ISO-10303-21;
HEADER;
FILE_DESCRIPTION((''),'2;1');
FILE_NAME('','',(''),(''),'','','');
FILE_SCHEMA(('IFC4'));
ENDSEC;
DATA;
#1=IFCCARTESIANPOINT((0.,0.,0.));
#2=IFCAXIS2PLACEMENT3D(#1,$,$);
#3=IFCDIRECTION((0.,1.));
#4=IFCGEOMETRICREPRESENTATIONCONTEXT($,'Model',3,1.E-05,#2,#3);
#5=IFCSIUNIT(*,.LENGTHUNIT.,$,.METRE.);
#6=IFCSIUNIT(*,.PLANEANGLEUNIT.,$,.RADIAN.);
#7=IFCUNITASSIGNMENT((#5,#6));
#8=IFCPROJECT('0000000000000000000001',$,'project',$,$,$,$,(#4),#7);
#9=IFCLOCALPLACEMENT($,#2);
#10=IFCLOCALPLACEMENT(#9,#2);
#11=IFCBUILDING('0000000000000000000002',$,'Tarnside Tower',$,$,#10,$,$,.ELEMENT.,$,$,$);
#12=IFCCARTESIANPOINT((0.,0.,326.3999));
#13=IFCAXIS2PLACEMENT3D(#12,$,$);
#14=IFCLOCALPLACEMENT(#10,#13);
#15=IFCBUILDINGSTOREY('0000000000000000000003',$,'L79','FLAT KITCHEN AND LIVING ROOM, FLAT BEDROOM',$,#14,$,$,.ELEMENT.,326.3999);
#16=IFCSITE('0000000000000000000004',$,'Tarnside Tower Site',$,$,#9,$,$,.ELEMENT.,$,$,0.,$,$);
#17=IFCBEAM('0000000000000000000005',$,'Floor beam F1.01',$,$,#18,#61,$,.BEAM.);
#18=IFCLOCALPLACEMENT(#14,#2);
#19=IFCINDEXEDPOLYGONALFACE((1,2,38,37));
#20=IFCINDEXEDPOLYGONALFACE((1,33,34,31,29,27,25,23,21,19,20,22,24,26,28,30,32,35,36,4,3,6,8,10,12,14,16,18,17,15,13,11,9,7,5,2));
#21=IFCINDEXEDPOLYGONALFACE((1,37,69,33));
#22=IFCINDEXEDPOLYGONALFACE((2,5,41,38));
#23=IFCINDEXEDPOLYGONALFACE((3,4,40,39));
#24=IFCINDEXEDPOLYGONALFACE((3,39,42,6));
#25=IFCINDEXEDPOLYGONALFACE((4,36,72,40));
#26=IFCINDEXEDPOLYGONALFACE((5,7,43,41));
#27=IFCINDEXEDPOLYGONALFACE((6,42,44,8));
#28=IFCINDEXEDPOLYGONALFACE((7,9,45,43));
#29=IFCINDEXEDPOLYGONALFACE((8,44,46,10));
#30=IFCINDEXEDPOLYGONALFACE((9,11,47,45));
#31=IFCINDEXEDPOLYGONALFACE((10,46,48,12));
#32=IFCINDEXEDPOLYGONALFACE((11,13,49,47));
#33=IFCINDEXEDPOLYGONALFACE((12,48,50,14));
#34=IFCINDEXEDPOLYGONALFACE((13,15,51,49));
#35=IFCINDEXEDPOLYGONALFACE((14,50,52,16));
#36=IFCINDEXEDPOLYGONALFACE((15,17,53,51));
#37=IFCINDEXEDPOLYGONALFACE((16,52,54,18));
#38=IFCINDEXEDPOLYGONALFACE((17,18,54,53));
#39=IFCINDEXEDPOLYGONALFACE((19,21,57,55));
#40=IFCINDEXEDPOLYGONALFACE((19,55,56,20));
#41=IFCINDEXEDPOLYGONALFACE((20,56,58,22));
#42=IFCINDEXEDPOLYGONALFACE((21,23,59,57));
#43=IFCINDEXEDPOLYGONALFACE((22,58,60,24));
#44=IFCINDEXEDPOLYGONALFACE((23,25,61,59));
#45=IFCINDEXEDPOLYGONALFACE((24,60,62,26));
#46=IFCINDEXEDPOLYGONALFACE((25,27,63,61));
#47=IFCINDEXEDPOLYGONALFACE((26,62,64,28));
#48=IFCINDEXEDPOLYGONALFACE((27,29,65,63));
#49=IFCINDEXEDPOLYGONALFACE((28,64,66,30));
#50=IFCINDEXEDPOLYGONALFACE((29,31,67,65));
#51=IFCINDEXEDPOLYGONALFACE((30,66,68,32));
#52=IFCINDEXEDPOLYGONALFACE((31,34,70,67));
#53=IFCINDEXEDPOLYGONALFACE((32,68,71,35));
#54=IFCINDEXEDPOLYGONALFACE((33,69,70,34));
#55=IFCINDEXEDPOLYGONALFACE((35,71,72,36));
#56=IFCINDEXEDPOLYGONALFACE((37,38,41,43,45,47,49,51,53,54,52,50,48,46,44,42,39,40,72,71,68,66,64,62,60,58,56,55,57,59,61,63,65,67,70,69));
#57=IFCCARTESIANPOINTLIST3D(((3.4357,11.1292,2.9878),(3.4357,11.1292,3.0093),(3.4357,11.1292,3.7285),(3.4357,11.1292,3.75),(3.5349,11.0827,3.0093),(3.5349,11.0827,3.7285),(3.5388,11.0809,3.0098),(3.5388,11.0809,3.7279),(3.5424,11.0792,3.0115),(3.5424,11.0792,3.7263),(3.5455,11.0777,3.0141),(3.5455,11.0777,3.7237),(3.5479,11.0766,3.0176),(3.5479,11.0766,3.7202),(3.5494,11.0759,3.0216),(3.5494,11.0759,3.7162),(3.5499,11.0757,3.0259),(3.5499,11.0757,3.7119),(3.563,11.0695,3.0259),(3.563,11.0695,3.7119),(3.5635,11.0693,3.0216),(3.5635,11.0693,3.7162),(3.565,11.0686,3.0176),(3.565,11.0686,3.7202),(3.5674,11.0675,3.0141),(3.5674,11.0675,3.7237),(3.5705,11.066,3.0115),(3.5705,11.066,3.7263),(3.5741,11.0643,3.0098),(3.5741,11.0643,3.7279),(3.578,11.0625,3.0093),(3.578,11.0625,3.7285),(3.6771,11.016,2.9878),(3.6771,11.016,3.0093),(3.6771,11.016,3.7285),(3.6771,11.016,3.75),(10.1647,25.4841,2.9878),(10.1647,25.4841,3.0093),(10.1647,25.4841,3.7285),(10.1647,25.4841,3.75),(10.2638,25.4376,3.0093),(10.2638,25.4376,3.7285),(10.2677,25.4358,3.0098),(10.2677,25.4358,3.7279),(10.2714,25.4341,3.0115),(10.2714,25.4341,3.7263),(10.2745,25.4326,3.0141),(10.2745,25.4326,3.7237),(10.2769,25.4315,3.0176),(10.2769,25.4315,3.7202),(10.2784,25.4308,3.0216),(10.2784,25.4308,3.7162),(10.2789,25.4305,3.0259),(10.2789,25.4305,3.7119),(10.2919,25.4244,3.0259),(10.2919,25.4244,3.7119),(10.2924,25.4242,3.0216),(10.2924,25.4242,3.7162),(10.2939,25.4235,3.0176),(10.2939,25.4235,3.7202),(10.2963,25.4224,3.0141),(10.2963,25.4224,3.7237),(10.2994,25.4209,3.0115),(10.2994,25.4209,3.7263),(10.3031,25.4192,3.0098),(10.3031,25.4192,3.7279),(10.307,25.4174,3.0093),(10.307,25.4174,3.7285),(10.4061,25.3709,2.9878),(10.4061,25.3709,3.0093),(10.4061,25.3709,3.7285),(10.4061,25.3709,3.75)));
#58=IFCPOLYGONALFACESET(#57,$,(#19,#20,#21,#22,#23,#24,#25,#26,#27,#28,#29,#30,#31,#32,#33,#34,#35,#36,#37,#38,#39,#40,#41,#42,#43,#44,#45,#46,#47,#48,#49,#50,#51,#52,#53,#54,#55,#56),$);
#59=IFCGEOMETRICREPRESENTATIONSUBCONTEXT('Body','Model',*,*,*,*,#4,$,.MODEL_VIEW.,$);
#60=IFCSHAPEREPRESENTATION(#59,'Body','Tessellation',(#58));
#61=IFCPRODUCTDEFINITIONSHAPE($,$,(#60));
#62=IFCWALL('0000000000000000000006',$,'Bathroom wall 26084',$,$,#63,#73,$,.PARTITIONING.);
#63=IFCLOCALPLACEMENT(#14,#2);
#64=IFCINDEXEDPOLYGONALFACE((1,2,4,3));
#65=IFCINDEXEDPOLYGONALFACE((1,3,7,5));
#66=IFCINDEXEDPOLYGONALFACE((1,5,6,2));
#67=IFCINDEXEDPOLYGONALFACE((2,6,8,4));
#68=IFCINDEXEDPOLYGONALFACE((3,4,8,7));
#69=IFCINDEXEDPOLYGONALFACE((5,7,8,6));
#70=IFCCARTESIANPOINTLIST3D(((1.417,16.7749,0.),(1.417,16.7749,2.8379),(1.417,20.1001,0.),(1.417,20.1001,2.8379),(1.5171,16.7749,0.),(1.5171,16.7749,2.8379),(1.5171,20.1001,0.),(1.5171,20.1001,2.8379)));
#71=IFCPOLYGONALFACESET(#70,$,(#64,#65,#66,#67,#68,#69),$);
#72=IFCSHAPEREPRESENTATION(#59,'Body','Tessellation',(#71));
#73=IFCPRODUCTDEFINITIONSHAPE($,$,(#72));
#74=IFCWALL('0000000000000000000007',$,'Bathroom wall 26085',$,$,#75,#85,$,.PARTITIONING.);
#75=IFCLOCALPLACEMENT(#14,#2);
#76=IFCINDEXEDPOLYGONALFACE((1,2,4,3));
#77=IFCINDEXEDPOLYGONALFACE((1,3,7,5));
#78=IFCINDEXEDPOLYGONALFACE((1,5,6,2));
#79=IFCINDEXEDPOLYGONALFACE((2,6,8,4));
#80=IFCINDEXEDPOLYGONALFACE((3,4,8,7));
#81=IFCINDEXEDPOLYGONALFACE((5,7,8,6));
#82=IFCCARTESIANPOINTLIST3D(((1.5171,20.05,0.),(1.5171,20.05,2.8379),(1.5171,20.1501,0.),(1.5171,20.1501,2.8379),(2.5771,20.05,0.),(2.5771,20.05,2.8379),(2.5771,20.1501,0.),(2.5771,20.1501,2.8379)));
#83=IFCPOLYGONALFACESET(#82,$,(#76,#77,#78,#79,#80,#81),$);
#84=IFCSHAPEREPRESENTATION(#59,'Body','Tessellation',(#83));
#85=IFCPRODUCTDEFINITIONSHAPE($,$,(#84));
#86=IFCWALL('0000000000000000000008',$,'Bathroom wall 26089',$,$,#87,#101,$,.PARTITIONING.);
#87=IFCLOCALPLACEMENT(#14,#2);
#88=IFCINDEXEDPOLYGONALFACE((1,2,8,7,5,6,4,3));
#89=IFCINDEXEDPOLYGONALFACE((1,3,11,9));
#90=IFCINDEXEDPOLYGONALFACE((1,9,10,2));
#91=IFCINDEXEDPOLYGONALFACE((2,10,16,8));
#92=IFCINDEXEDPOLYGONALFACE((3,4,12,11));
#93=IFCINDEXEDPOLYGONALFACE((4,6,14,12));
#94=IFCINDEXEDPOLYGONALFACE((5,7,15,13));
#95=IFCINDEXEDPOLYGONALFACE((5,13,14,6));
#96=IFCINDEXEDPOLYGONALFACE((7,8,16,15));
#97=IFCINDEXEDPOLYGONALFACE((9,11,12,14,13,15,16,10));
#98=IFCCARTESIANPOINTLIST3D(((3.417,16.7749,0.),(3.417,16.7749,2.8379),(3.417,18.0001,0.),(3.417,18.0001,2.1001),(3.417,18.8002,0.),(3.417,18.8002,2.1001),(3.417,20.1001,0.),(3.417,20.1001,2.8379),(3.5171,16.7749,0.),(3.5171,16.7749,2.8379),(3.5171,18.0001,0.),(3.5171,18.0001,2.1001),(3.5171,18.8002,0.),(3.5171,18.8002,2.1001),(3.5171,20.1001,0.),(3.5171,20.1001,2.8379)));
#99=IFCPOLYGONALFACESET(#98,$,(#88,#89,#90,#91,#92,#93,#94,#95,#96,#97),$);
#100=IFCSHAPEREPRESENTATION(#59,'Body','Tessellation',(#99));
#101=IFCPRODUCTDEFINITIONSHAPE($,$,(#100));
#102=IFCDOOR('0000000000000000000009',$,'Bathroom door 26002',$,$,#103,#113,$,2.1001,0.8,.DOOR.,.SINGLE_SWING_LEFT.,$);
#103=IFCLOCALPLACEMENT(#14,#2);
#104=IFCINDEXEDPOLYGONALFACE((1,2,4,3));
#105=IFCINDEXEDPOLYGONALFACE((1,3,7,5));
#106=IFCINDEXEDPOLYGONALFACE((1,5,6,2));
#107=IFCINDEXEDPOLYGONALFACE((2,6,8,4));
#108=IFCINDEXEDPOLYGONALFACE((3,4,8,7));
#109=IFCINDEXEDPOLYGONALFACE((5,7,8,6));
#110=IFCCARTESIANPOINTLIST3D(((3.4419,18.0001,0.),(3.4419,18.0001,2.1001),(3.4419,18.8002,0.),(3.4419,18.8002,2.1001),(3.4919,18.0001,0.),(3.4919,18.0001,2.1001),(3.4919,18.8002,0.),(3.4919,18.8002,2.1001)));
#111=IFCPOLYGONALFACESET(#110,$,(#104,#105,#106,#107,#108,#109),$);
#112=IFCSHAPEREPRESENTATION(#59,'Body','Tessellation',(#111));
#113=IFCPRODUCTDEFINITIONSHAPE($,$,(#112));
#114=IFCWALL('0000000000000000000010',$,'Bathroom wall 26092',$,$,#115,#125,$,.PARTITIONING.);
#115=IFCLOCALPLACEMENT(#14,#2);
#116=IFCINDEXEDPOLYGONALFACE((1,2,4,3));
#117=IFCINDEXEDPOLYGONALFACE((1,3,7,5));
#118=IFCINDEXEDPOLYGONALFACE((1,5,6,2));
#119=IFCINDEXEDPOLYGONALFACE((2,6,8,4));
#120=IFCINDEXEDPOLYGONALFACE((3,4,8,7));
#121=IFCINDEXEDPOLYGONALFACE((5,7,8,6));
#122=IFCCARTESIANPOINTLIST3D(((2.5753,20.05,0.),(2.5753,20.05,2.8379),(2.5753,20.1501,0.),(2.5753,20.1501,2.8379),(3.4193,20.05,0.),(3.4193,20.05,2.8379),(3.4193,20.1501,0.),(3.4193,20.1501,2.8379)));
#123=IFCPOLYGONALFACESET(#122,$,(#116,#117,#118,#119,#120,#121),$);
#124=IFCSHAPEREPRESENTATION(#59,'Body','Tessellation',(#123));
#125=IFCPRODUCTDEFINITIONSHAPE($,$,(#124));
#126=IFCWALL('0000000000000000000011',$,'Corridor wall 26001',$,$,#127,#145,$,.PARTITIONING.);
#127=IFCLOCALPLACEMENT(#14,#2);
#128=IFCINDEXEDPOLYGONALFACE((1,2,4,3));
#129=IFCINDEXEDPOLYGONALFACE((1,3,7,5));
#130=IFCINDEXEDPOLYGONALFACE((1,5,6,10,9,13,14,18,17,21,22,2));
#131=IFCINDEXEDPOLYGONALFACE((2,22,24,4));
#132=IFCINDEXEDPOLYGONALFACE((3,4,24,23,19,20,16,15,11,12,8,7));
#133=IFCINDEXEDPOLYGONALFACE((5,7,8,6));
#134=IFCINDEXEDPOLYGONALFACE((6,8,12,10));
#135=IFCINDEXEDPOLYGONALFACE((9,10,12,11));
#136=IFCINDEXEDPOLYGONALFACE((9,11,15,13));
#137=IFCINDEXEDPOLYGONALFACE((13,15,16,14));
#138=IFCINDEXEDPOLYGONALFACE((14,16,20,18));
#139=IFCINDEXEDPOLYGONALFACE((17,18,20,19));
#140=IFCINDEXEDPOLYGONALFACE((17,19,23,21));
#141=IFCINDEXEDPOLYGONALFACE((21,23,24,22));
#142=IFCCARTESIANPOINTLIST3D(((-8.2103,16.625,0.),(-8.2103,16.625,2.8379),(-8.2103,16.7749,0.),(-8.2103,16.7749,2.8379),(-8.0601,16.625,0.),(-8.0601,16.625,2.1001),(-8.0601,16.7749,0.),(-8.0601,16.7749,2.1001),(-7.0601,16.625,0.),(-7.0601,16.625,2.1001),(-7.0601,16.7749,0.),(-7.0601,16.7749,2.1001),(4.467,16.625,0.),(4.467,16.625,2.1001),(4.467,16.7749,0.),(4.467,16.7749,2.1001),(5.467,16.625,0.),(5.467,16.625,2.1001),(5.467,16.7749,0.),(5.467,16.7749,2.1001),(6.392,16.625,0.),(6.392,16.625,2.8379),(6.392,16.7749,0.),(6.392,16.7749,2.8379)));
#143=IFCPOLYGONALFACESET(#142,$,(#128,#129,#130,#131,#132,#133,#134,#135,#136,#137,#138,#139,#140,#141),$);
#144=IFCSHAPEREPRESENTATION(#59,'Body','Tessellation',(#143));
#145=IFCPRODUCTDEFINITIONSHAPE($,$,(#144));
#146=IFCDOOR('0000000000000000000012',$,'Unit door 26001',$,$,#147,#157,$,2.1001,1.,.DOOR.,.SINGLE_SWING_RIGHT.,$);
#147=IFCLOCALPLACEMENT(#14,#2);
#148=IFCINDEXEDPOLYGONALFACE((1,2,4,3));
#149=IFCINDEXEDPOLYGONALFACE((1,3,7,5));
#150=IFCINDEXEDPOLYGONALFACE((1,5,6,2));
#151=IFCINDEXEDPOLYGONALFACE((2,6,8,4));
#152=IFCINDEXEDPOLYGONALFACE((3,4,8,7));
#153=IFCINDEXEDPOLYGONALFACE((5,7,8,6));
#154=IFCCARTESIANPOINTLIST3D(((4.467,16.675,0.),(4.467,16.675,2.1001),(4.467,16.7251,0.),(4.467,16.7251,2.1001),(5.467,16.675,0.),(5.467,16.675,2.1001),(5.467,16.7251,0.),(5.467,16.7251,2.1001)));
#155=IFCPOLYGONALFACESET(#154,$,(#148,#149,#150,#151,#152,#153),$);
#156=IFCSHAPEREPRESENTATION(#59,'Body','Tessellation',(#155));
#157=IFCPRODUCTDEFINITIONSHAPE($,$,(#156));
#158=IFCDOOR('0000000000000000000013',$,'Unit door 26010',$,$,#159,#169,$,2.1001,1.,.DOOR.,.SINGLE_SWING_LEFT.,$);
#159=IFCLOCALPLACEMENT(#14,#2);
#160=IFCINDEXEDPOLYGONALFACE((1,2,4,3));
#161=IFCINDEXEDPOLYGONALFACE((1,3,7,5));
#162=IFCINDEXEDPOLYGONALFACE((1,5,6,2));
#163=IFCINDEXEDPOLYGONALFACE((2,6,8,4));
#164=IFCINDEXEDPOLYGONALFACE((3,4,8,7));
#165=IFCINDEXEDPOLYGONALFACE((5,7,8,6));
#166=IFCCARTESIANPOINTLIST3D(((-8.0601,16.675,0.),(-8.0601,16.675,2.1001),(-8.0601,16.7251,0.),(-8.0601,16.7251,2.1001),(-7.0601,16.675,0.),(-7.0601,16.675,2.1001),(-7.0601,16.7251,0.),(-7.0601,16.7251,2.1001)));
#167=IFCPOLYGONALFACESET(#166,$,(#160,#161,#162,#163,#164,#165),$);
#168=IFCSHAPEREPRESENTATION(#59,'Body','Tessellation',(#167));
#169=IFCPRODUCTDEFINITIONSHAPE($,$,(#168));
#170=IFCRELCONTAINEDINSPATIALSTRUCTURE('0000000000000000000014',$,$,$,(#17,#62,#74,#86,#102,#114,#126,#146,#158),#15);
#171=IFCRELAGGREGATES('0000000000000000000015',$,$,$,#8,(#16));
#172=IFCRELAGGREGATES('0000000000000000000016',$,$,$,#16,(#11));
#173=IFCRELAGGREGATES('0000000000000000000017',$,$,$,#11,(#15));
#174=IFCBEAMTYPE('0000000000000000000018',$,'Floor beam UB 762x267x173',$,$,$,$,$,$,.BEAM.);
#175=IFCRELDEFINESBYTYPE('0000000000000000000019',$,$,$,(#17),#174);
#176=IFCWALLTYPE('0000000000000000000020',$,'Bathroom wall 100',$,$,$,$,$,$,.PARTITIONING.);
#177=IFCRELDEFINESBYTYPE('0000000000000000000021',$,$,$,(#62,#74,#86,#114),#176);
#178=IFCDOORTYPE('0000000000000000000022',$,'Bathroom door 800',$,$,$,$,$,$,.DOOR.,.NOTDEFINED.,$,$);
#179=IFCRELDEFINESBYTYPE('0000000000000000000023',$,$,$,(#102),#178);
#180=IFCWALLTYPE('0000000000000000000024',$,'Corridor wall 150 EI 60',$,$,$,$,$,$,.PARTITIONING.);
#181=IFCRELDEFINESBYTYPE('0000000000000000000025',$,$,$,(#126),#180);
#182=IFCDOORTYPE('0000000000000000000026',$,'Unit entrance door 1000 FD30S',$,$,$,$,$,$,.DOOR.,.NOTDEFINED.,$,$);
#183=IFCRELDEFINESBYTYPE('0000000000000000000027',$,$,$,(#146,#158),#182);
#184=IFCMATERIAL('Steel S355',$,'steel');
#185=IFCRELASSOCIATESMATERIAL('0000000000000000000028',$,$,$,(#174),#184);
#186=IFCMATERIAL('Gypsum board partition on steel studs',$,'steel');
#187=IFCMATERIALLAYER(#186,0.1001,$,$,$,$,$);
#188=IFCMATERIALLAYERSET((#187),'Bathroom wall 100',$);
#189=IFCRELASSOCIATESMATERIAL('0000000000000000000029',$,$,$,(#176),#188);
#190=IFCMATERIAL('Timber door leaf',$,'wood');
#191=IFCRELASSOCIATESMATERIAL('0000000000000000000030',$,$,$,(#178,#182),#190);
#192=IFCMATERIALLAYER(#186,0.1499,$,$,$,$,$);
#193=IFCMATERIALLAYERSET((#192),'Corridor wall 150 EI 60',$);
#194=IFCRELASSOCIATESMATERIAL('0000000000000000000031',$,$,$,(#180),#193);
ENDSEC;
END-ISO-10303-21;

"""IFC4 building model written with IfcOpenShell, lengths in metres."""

from ifc_helpers import new_model, si_unit, direction, frame, frame_2d, origin, origin_2d, place, context, subcontext, project, spatial, rectangle, i_section, extrude, material, layer, layer_set, material_profile, profile_set, type_object, element, fill, save


model = new_model("IFC4")

# Units and contexts
model_context = context("Model", 3, precision=1e-05, world=origin(), true_north=direction((0.0, 1.0)))
body_context = subcontext(model_context, "Body", "Model", "MODEL_VIEW")
ifc_project = project(units=[si_unit("LENGTHUNIT", "METRE"), si_unit("PLANEANGLEUNIT", "RADIAN")], contexts=[model_context])

# Site, building, storey
site_placement = place(None, origin())
site = spatial("IfcSite", under=ifc_project, at=site_placement, Name="Tarnside Tower Site", CompositionType="ELEMENT", RefElevation=0.0)
building_placement = place(site_placement, origin())
building = spatial("IfcBuilding", under=site, at=building_placement, Name="Tarnside Tower", CompositionType="ELEMENT")
storey_placement = place(building_placement, frame((0.0, 0.0, 326.3999)))
storey = spatial("IfcBuildingStorey", under=building, at=storey_placement, Name="L79", Description="FLAT KITCHEN AND LIVING ROOM, FLAT BEDROOM", CompositionType="ELEMENT", Elevation=326.3999)

# Beam
ifc_material_1 = material(Name="Steel S355", Category="steel")
ifc_material_profile = material_profile(ifc_material_1, i_section(OverallWidth=0.2666, OverallDepth=0.7622, WebThickness=0.0144, FlangeThickness=0.0215, FilletRadius=0.0166, at=origin_2d()), Name="UB 762x267x173")
ifc_profile_set = profile_set([ifc_material_profile], Name="Steel S355")
beam_type = type_object("IfcBeamType", Name="Floor beam UB 762x267x173", PredefinedType="BEAM", material=ifc_profile_set)
beam_placement = place(storey_placement, frame((10.2854, 25.4275, 3.3689), z_axis=(-0.424439, -0.905456, 0.0), x_axis=(0.905456, -0.424439, 0.0)))
element("IfcBeam", 1, at=beam_placement, inside=storey, type_object=beam_type, Name="Floor beam F1.01", PredefinedType="BEAM", context=body_context, shape_type="SweptSolid", body=[
    extrude(i_section(OverallWidth=0.2666, OverallDepth=0.7622, WebThickness=0.0144, FlangeThickness=0.0215, FilletRadius=0.0166, at=origin_2d()), origin(), (0.0, 0.0, 1.0), 15.8538),
])

# Walls
ifc_material_2 = material(Name="Gypsum board partition on steel studs", Category="steel")
ifc_layer_1 = layer(ifc_material_2, 0.1001)
ifc_layer_set_1 = layer_set([ifc_layer_1], Name="Bathroom wall 100")
wall_type_1 = type_object("IfcWallType", Name="Bathroom wall 100", PredefinedType="PARTITIONING", material=ifc_layer_set_1)
wall_1_placement = place(storey_placement, frame((1.467, 16.7749, 0.0), z_axis=(0.0, 0.0, 1.0), x_axis=(0.0, 1.0, 0.0)))
element("IfcWall", 2, at=wall_1_placement, inside=storey, type_object=wall_type_1, Name="Bathroom wall 26084", PredefinedType="PARTITIONING", context=body_context, shape_type="SweptSolid", body=[
    extrude(rectangle(XDim=3.3252, YDim=0.1001, at=frame_2d((1.6626, 0.0))), origin(), (0.0, 0.0, 1.0), 2.8379),
])
wall_2_placement = place(storey_placement, frame((1.5171, 20.1001, 0.0), z_axis=(0.0, 0.0, 1.0), x_axis=(1.0, 0.0, 0.0)))
element("IfcWall", 3, at=wall_2_placement, inside=storey, type_object=wall_type_1, Name="Bathroom wall 26085", PredefinedType="PARTITIONING", context=body_context, shape_type="SweptSolid", body=[
    extrude(rectangle(XDim=1.0601, YDim=0.1001, at=frame_2d((0.53, 0.0))), origin(), (0.0, 0.0, 1.0), 2.8379),
])

# Wall, opening, door
wall_3_placement = place(storey_placement, frame((3.467, 20.1001, 0.0), z_axis=(0.0, 0.0, 1.0), x_axis=(0.0, -1.0, 0.0)))
wall_3 = element("IfcWall", 4, at=wall_3_placement, inside=storey, type_object=wall_type_1, Name="Bathroom wall 26089", PredefinedType="PARTITIONING", context=body_context, shape_type="SweptSolid", body=[
    extrude(rectangle(XDim=3.3252, YDim=0.1001, at=frame_2d((1.6626, 0.0))), origin(), (0.0, 0.0, 1.0), 2.8379),
])
opening_1_placement = place(wall_3_placement, frame((1.3, 0.0, 0.0)))
opening_1 = element("IfcOpeningElement", 5, at=opening_1_placement, cuts=wall_3, PredefinedType="OPENING", context=body_context, shape_type="SweptSolid", body=[
    extrude(rectangle(XDim=0.8, YDim=2.1001, at=frame_2d((0.3999, 1.05))), frame((0.0, 0.0601, 0.0), z_axis=(0.0, -1.0, 0.0), x_axis=(1.0, 0.0, 0.0)), (0.0, 0.0, 1.0), 0.1201),
])
ifc_material_3 = material(Name="Timber door leaf", Category="wood")
door_type_1 = type_object("IfcDoorType", Name="Bathroom door 800", OperationType="NOTDEFINED", PredefinedType="DOOR", material=ifc_material_3)
door_1_placement = place(opening_1_placement, origin())
door_1 = element("IfcDoor", 6, at=door_1_placement, inside=storey, type_object=door_type_1, Name="Bathroom door 26002", OperationType="SINGLE_SWING_LEFT", OverallHeight=2.1001, OverallWidth=0.8, PredefinedType="DOOR", context=body_context, shape_type="SweptSolid", body=[
    extrude(rectangle(XDim=0.8, YDim=2.1001, at=frame_2d((0.3999, 1.05))), frame((0.0, 0.0249, 0.0), z_axis=(0.0, -1.0, 0.0), x_axis=(1.0, 0.0, 0.0)), (0.0, 0.0, 1.0), 0.05),
])
fill(opening_1, door_1)

# Wall
wall_4_placement = place(storey_placement, frame((3.4192, 20.1001, 0.0), z_axis=(0.0, 0.0, 1.0), x_axis=(-1.0, 0.0, 0.0)))
element("IfcWall", 7, at=wall_4_placement, inside=storey, type_object=wall_type_1, Name="Bathroom wall 26092", PredefinedType="PARTITIONING", context=body_context, shape_type="SweptSolid", body=[
    extrude(rectangle(XDim=0.844, YDim=0.1001, at=frame_2d((0.4219, 0.0))), origin(), (0.0, 0.0, 1.0), 2.8379),
])

# Wall, openings, doors
ifc_layer_2 = layer(ifc_material_2, 0.1499)
ifc_layer_set_2 = layer_set([ifc_layer_2], Name="Corridor wall 150 EI 60")
wall_type_2 = type_object("IfcWallType", Name="Corridor wall 150 EI 60", PredefinedType="PARTITIONING", material=ifc_layer_set_2)
wall_5_placement = place(storey_placement, frame((6.3921, 16.7, 0.0), z_axis=(0.0, 0.0, 1.0), x_axis=(-1.0, 0.0, 0.0)))
wall_5 = element("IfcWall", 8, at=wall_5_placement, inside=storey, type_object=wall_type_2, Name="Corridor wall 26001", PredefinedType="PARTITIONING", context=body_context, shape_type="SweptSolid", body=[
    extrude(rectangle(XDim=14.6023, YDim=0.1499, at=frame_2d((7.3013, 0.0))), origin(), (0.0, 0.0, 1.0), 2.8379),
])
opening_2_placement = place(wall_5_placement, frame((0.925, 0.0, 0.0)))
opening_2 = element("IfcOpeningElement", 9, at=opening_2_placement, cuts=wall_5, PredefinedType="OPENING", context=body_context, shape_type="SweptSolid", body=[
    extrude(rectangle(XDim=1.0, YDim=2.1001, at=frame_2d((0.5, 1.05))), frame((0.0, 0.085, 0.0), z_axis=(0.0, -1.0, 0.0), x_axis=(1.0, 0.0, 0.0)), (0.0, 0.0, 1.0), 0.1699),
])
opening_3_placement = place(wall_5_placement, frame((13.4521, 0.0, 0.0)))
opening_3 = element("IfcOpeningElement", 10, at=opening_3_placement, cuts=wall_5, PredefinedType="OPENING", context=body_context, shape_type="SweptSolid", body=[
    extrude(rectangle(XDim=1.0, YDim=2.1001, at=frame_2d((0.5, 1.05))), frame((0.0, 0.085, 0.0), z_axis=(0.0, -1.0, 0.0), x_axis=(1.0, 0.0, 0.0)), (0.0, 0.0, 1.0), 0.1699),
])
door_type_2 = type_object("IfcDoorType", Name="Unit entrance door 1000 FD30S", OperationType="NOTDEFINED", PredefinedType="DOOR", material=ifc_material_3)
door_2_placement = place(opening_2_placement, origin())
door_2 = element("IfcDoor", 11, at=door_2_placement, inside=storey, type_object=door_type_2, Name="Unit door 26001", OperationType="SINGLE_SWING_RIGHT", OverallHeight=2.1001, OverallWidth=1.0, PredefinedType="DOOR", context=body_context, shape_type="SweptSolid", body=[
    extrude(rectangle(XDim=1.0, YDim=2.1001, at=frame_2d((0.5, 1.05))), frame((0.0, 0.0249, 0.0), z_axis=(0.0, -1.0, 0.0), x_axis=(1.0, 0.0, 0.0)), (0.0, 0.0, 1.0), 0.05),
])
fill(opening_2, door_2)
door_3_placement = place(opening_3_placement, origin())
door_3 = element("IfcDoor", 12, at=door_3_placement, inside=storey, type_object=door_type_2, Name="Unit door 26010", OperationType="SINGLE_SWING_LEFT", OverallHeight=2.1001, OverallWidth=1.0, PredefinedType="DOOR", context=body_context, shape_type="SweptSolid", body=[
    extrude(rectangle(XDim=1.0, YDim=2.1001, at=frame_2d((0.5, 1.05))), frame((0.0, 0.0249, 0.0), z_axis=(0.0, -1.0, 0.0), x_axis=(1.0, 0.0, 0.0)), (0.0, 0.0, 1.0), 0.05),
])
fill(opening_3, door_3)

save(model, "model.ifc")
